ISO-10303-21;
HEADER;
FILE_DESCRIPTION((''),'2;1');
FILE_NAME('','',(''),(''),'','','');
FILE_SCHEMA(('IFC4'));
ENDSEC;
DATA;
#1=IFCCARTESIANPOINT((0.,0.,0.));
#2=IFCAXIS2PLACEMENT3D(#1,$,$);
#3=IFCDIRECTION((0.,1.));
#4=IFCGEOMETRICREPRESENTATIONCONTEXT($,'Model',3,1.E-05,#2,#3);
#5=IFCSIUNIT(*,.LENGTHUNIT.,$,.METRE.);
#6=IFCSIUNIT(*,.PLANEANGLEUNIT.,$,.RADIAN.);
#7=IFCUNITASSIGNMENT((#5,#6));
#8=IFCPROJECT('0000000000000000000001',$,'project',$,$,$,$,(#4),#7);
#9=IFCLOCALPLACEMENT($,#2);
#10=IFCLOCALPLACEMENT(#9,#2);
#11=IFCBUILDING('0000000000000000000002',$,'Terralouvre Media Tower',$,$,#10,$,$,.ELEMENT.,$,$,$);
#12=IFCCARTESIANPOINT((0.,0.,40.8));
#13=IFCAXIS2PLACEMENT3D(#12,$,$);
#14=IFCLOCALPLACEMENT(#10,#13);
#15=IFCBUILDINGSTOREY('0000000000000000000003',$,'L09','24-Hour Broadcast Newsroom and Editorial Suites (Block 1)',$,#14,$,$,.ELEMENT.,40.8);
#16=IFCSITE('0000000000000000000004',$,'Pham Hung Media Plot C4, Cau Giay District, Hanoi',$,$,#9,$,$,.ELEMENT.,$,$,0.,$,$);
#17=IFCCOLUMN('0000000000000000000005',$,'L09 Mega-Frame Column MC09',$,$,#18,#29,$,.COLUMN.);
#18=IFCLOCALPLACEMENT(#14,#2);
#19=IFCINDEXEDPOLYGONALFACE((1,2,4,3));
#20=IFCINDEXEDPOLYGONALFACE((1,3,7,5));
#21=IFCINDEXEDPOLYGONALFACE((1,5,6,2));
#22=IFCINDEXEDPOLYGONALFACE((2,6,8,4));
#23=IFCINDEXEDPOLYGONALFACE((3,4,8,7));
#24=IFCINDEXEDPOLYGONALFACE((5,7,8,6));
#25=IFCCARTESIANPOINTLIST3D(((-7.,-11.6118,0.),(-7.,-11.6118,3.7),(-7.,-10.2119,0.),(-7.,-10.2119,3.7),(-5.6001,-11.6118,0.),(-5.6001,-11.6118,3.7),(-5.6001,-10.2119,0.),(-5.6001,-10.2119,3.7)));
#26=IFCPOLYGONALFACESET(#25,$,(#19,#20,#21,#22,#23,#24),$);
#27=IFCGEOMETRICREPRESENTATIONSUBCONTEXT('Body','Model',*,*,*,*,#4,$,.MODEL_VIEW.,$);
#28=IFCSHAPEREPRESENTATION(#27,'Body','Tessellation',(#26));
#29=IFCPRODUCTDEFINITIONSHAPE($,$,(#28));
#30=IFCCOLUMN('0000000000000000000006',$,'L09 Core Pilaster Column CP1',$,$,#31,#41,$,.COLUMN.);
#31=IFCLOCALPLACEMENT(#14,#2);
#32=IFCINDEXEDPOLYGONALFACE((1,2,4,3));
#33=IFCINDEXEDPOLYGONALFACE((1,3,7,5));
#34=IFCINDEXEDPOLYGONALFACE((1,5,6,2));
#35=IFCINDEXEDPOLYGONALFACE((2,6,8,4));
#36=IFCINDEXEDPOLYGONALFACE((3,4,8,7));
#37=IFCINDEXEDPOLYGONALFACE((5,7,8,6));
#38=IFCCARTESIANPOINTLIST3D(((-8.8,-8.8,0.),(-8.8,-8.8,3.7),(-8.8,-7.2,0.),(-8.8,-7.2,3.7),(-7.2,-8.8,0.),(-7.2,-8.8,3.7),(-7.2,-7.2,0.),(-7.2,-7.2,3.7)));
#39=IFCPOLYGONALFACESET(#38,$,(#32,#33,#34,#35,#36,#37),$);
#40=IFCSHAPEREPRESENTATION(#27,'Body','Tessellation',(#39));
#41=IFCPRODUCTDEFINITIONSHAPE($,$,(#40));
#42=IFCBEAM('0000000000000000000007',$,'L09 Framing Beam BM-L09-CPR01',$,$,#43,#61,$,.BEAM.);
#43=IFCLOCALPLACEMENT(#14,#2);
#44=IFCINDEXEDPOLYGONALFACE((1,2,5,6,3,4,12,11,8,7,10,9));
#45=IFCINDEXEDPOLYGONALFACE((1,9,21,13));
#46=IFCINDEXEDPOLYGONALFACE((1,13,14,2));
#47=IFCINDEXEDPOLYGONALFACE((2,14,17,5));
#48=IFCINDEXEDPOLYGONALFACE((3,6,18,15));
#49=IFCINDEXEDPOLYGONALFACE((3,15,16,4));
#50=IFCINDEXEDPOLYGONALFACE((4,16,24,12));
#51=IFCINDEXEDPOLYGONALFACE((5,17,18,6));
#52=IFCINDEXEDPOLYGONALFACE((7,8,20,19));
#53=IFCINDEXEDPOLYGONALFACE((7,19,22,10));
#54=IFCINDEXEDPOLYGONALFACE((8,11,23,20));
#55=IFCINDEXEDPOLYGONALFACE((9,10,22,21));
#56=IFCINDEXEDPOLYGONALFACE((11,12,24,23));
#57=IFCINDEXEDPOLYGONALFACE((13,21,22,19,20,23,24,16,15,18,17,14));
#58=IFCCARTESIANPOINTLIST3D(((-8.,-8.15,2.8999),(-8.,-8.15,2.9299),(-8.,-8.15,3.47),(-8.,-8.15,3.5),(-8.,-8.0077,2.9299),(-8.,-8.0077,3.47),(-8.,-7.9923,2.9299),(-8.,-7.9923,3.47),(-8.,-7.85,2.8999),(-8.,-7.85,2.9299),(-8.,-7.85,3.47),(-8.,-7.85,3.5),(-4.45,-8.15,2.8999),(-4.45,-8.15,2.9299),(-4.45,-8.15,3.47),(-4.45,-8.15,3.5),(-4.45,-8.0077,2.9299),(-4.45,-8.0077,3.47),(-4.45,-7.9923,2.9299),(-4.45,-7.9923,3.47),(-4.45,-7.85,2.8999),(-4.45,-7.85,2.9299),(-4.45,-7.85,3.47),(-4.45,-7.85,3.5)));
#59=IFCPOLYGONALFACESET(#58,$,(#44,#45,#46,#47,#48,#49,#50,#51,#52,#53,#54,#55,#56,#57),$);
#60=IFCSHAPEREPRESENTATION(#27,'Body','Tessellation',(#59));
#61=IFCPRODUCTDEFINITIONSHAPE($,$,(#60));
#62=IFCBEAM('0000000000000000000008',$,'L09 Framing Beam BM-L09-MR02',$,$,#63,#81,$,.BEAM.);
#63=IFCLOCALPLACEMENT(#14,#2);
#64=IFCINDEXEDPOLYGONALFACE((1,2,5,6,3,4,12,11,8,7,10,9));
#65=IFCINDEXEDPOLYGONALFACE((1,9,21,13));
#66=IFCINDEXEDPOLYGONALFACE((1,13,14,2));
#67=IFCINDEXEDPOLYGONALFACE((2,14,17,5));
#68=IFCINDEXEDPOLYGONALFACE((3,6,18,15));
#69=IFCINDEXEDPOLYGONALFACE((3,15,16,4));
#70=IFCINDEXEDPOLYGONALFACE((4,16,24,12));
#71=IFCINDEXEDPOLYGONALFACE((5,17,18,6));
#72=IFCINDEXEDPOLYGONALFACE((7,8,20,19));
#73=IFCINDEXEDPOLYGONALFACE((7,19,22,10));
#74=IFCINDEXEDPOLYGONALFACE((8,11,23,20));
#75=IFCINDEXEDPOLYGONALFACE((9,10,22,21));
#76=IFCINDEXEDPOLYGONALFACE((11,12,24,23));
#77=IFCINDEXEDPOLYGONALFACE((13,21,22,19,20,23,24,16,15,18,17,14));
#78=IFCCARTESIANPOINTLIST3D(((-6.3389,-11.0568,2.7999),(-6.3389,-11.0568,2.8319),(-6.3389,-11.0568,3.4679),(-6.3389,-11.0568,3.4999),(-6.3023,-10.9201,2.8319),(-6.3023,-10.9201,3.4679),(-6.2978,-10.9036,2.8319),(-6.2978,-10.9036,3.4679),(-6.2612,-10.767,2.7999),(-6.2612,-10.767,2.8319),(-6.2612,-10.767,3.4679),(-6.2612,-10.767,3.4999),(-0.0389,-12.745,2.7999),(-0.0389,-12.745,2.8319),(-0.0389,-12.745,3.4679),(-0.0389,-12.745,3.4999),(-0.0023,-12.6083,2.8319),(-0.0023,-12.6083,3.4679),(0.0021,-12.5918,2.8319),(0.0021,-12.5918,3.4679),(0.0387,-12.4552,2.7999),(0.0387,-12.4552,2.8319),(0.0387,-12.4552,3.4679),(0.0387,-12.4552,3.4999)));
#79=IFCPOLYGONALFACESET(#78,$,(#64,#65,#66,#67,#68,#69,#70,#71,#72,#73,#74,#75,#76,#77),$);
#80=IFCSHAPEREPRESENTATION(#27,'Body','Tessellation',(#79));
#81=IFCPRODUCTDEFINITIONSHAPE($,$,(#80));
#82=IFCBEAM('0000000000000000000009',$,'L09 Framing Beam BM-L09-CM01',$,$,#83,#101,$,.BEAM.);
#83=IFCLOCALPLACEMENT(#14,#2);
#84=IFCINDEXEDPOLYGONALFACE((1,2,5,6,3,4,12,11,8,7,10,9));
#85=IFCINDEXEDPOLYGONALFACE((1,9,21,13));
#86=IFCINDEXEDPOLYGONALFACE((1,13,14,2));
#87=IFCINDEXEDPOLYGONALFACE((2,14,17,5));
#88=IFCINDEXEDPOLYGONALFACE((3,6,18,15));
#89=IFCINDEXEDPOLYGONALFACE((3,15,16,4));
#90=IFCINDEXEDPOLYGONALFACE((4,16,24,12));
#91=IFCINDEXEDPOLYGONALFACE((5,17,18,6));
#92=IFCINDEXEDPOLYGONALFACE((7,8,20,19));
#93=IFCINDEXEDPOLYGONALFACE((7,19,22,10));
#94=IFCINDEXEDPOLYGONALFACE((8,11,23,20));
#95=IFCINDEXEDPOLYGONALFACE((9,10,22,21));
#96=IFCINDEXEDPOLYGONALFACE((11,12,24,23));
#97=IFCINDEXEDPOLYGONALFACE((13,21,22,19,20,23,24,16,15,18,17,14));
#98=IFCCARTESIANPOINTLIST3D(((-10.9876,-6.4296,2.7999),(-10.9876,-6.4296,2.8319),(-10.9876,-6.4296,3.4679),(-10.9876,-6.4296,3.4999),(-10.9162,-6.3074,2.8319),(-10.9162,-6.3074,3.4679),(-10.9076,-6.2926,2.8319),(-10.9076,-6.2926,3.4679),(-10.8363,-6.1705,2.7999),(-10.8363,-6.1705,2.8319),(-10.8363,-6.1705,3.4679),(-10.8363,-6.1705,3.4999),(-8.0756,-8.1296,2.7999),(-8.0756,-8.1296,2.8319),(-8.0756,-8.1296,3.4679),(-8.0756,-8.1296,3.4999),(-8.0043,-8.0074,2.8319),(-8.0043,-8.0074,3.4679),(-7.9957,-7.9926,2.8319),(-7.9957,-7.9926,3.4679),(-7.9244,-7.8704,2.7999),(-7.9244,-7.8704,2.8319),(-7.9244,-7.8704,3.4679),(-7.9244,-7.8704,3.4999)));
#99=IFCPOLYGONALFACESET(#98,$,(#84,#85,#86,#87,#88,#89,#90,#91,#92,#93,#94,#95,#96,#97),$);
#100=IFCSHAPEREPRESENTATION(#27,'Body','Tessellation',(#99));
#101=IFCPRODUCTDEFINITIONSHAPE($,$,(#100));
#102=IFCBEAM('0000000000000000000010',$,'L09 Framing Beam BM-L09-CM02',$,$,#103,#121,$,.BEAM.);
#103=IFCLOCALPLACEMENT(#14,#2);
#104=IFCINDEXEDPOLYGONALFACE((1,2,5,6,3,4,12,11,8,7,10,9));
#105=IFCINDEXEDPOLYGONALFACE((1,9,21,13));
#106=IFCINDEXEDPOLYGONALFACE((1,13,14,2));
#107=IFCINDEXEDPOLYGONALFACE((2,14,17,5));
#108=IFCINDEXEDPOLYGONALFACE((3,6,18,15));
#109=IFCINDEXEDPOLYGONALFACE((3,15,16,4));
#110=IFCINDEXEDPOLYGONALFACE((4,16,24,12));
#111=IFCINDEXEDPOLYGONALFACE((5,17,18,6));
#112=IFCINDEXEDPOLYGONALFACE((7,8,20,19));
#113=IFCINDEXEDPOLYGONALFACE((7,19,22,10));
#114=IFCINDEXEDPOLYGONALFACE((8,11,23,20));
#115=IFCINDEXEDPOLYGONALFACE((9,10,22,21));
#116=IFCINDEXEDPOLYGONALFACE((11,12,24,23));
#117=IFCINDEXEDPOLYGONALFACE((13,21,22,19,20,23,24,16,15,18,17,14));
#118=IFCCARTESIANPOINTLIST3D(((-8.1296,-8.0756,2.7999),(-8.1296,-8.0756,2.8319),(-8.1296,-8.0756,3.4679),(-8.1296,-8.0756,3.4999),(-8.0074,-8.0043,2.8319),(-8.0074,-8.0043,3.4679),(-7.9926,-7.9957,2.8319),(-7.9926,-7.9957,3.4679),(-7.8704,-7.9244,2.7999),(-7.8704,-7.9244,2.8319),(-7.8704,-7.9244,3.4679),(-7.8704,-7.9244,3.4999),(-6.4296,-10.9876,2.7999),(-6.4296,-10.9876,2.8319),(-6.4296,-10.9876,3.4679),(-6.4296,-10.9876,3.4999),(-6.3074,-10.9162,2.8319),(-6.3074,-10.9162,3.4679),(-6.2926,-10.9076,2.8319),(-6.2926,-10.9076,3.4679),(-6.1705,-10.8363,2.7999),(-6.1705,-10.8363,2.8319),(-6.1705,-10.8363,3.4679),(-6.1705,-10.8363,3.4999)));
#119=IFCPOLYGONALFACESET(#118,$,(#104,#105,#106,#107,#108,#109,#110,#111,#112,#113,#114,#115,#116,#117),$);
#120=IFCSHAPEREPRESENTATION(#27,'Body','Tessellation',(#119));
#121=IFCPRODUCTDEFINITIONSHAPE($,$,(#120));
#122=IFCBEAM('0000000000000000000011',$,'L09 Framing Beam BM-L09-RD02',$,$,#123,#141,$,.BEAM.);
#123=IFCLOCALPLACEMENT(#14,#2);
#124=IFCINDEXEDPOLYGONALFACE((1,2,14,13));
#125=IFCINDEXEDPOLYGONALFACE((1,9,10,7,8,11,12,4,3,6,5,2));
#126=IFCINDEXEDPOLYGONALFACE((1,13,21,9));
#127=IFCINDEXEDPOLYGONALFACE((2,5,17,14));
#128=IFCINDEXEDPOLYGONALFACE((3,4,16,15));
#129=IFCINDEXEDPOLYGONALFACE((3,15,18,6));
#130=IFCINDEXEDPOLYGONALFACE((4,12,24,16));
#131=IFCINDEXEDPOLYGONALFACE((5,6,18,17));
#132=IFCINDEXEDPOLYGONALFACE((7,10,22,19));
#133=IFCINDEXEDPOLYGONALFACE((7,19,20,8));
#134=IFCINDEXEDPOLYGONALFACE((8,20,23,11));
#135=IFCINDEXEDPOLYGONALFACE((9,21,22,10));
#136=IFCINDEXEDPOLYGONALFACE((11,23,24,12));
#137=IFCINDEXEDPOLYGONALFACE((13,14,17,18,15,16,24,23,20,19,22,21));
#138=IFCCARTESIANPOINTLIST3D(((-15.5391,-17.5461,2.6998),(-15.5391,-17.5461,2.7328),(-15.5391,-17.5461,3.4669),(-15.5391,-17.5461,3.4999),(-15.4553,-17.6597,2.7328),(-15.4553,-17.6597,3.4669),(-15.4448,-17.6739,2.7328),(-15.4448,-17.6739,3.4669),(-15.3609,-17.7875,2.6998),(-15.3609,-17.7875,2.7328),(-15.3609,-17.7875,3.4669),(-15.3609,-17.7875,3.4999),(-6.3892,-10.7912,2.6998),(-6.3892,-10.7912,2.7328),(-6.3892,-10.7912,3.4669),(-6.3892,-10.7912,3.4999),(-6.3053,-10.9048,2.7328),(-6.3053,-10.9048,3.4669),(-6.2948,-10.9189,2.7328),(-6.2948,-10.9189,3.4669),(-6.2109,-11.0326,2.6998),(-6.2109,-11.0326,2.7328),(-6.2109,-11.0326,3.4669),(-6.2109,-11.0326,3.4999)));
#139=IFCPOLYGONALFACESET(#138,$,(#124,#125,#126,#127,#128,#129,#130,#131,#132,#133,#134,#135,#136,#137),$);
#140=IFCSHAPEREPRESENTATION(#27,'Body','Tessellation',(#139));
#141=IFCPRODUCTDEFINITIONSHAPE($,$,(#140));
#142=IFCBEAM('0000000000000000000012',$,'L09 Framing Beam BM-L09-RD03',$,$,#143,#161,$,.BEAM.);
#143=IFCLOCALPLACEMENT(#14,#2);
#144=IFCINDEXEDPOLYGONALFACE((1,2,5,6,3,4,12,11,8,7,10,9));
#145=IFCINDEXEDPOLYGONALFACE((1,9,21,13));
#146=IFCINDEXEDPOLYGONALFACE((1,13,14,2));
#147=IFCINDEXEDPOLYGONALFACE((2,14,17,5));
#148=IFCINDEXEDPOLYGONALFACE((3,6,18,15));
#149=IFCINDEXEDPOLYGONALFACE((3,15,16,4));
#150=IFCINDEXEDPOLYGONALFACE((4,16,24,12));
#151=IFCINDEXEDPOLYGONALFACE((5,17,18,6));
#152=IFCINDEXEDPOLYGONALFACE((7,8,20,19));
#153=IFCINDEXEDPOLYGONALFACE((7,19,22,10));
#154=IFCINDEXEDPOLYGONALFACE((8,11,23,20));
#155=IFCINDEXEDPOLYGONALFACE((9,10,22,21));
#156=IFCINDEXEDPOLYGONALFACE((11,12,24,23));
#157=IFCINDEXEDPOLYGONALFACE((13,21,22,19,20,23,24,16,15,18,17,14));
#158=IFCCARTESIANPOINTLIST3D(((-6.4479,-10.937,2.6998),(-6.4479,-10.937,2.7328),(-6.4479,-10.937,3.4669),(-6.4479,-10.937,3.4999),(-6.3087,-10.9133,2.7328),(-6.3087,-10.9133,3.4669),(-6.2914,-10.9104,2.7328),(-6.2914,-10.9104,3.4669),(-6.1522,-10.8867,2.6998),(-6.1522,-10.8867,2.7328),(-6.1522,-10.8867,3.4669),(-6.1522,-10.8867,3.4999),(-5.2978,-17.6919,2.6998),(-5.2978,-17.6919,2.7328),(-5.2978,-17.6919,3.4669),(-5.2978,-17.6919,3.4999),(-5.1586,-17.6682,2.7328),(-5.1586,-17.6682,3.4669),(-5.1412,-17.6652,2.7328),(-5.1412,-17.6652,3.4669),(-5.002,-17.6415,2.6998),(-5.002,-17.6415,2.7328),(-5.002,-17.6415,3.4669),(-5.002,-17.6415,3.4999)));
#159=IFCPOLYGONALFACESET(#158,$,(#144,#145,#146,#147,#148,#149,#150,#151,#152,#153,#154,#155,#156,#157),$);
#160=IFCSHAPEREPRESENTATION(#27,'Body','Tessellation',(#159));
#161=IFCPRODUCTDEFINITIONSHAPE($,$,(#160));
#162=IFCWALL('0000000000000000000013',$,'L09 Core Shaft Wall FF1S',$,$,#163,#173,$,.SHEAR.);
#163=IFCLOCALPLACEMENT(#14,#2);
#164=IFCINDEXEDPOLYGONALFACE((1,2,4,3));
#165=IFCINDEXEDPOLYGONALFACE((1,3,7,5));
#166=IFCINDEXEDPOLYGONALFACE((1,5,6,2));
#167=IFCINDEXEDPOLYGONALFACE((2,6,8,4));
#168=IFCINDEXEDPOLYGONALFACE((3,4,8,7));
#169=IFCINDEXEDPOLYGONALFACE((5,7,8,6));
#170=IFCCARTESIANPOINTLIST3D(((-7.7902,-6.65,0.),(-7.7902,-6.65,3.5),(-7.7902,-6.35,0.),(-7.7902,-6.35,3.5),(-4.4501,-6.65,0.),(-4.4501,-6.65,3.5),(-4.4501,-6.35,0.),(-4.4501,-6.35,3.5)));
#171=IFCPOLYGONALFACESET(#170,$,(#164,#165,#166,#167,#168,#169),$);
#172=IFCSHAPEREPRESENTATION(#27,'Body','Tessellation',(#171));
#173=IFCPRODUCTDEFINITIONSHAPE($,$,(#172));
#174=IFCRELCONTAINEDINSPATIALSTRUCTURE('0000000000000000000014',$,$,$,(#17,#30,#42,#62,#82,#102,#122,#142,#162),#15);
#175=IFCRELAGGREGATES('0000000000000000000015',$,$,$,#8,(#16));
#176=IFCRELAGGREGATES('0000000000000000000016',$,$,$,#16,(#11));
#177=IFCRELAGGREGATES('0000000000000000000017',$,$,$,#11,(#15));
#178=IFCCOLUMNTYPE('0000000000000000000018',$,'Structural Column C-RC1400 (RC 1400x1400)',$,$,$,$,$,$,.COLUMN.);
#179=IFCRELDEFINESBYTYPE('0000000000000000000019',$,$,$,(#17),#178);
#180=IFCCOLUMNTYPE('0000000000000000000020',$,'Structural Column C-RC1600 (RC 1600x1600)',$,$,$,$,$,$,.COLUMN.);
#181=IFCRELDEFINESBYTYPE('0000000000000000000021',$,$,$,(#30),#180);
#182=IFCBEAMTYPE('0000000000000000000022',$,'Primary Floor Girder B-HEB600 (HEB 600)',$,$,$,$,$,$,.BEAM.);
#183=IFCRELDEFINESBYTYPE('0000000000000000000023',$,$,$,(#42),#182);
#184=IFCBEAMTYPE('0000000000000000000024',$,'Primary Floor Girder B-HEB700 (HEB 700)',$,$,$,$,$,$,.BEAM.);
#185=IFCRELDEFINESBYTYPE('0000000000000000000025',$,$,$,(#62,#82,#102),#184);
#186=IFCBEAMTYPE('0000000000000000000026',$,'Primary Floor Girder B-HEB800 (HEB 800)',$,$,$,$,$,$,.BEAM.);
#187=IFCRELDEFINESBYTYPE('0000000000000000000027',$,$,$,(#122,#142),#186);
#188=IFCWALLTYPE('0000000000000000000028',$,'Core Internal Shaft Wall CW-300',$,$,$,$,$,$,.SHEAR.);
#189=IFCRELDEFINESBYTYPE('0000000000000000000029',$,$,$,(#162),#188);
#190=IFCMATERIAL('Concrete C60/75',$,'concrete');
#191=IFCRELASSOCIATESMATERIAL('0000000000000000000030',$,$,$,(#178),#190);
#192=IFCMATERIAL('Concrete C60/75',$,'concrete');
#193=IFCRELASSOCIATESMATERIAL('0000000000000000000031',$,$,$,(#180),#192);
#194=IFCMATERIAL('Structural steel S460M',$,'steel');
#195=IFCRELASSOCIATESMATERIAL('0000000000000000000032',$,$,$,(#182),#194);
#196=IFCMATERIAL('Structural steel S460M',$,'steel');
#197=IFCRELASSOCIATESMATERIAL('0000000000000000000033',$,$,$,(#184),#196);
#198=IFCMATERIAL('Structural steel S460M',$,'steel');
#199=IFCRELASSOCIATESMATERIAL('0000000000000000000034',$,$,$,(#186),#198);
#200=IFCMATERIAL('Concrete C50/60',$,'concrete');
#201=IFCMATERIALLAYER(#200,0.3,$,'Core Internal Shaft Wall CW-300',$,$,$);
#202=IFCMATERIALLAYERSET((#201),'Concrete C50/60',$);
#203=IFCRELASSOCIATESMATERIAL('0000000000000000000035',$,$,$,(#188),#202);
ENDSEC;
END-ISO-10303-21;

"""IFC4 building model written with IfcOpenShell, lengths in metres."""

from ifc_helpers import new_model, si_unit, direction, frame, frame_2d, origin, origin_2d, place, context, subcontext, project, spatial, rectangle, i_section, extrude, material, layer, layer_set, material_profile, profile_set, type_object, element, save


model = new_model("IFC4")

# Units and contexts
model_context = context("Model", 3, precision=1e-05, world=origin(), true_north=direction((0.0, 1.0)))
body_context = subcontext(model_context, "Body", "Model", "MODEL_VIEW")
ifc_project = project(units=[si_unit("LENGTHUNIT", "METRE"), si_unit("PLANEANGLEUNIT", "RADIAN")], contexts=[model_context])

# Site, building, storey
site_placement = place(None, origin())
site = spatial("IfcSite", under=ifc_project, at=site_placement, Name="Pham Hung Media Plot C4, Cau Giay District, Hanoi", CompositionType="ELEMENT", RefElevation=0.0)
building_placement = place(site_placement, origin())
building = spatial("IfcBuilding", under=site, at=building_placement, Name="Terralouvre Media Tower", CompositionType="ELEMENT")
storey_placement = place(building_placement, frame((0.0, 0.0, 40.8)))
storey = spatial("IfcBuildingStorey", under=building, at=storey_placement, Name="L09", Description="24-Hour Broadcast Newsroom and Editorial Suites (Block 1)", CompositionType="ELEMENT", Elevation=40.8)

# Columns
ifc_material_1 = material(Name="Concrete C60/75", Category="concrete")
ifc_material_profile_1 = material_profile(ifc_material_1, rectangle(XDim=1.3999, YDim=1.3999, at=origin_2d()), Name="RC 1400x1400")
ifc_profile_set_1 = profile_set([ifc_material_profile_1], Name="Concrete C60/75")
column_type_1 = type_object("IfcColumnType", Name="Structural Column C-RC1400 (RC 1400x1400)", PredefinedType="COLUMN", material=ifc_profile_set_1)
column_1_placement = place(storey_placement, frame((-6.3, -10.9119, 0.0), z_axis=(0.0, 0.0, 1.0), x_axis=(1.0, 0.0, 0.0)))
element("IfcColumn", 1, at=column_1_placement, inside=storey, type_object=column_type_1, Name="L09 Mega-Frame Column MC09", PredefinedType="COLUMN", context=body_context, shape_type="SweptSolid", body=[
    extrude(rectangle(XDim=1.3999, YDim=1.3999, at=origin_2d()), origin(), (0.0, 0.0, 1.0), 3.7),
])
ifc_material_2 = material(Name="Concrete C60/75", Category="concrete")
ifc_material_profile_2 = material_profile(ifc_material_2, rectangle(XDim=1.6001, YDim=1.6001, at=origin_2d()), Name="RC 1600x1600")
ifc_profile_set_2 = profile_set([ifc_material_profile_2], Name="Concrete C60/75")
column_type_2 = type_object("IfcColumnType", Name="Structural Column C-RC1600 (RC 1600x1600)", PredefinedType="COLUMN", material=ifc_profile_set_2)
column_2_placement = place(storey_placement, frame((-8.0, -8.0, 0.0), z_axis=(0.0, 0.0, 1.0), x_axis=(1.0, 0.0, 0.0)))
element("IfcColumn", 2, at=column_2_placement, inside=storey, type_object=column_type_2, Name="L09 Core Pilaster Column CP1", PredefinedType="COLUMN", context=body_context, shape_type="SweptSolid", body=[
    extrude(rectangle(XDim=1.6001, YDim=1.6001, at=origin_2d()), origin(), (0.0, 0.0, 1.0), 3.7),
])

# Beams
ifc_material_3 = material(Name="Structural steel S460M", Category="steel")
ifc_material_profile_3 = material_profile(ifc_material_3, i_section(OverallWidth=0.3, OverallDepth=0.6001, WebThickness=0.0154, FlangeThickness=0.03, at=origin_2d()), Name="HEB 600")
ifc_profile_set_3 = profile_set([ifc_material_profile_3], Name="Structural steel S460M")
beam_type_1 = type_object("IfcBeamType", Name="Primary Floor Girder B-HEB600 (HEB 600)", PredefinedType="BEAM", material=ifc_profile_set_3)
beam_1_placement = place(storey_placement, frame((-8.0, -8.0, 3.2), z_axis=(1.0, 0.0, 0.0), x_axis=(0.0, 1.0, 0.0)))
element("IfcBeam", 3, at=beam_1_placement, inside=storey, type_object=beam_type_1, Name="L09 Framing Beam BM-L09-CPR01", PredefinedType="BEAM", context=body_context, shape_type="SweptSolid", body=[
    extrude(i_section(OverallWidth=0.3, OverallDepth=0.6001, WebThickness=0.0154, FlangeThickness=0.03, at=origin_2d()), origin(), (0.0, 0.0, 1.0), 3.55),
])
ifc_material_4 = material(Name="Structural steel S460M", Category="steel")
ifc_material_profile_4 = material_profile(ifc_material_4, i_section(OverallWidth=0.3, OverallDepth=0.7, WebThickness=0.0171, FlangeThickness=0.032, at=origin_2d()), Name="HEB 700")
ifc_profile_set_4 = profile_set([ifc_material_profile_4], Name="Structural steel S460M")
beam_type_2 = type_object("IfcBeamType", Name="Primary Floor Girder B-HEB700 (HEB 700)", PredefinedType="BEAM", material=ifc_profile_set_4)
beam_2_placement = place(storey_placement, frame((-6.3, -10.9119, 3.1499), z_axis=(0.96592, -0.258839, 0.0), x_axis=(0.258839, 0.96592, 0.0)))
element("IfcBeam", 4, at=beam_2_placement, inside=storey, type_object=beam_type_2, Name="L09 Framing Beam BM-L09-MR02", PredefinedType="BEAM", context=body_context, shape_type="SweptSolid", body=[
    extrude(i_section(OverallWidth=0.3, OverallDepth=0.7, WebThickness=0.0171, FlangeThickness=0.032, at=origin_2d()), origin(), (0.0, 0.0, 1.0), 6.5222),
])
for number, where, z_axis, x_axis, name in (
    (5, (-8.0, -8.0, 3.1499), (-0.863603, 0.504173, 0.0), (-0.504173, -0.863603, 0.0), "L09 Framing Beam BM-L09-CM01"),
    (6, (-8.0, -8.0, 3.1499), (0.504173, -0.863603, 0.0), (0.863603, 0.504173, 0.0), "L09 Framing Beam BM-L09-CM02"),
):
    element("IfcBeam", number, at=place(storey_placement, frame(where, z_axis=z_axis, x_axis=x_axis)), inside=storey, type_object=beam_type_2, Name=name, PredefinedType="BEAM", context=body_context, shape_type="SweptSolid", body=[
        extrude(i_section(OverallWidth=0.3, OverallDepth=0.7, WebThickness=0.0171, FlangeThickness=0.032, at=origin_2d()), origin(), (0.0, 0.0, 1.0), 3.3718),
    ])
ifc_material_5 = material(Name="Structural steel S460M", Category="steel")
ifc_material_profile_5 = material_profile(ifc_material_5, i_section(OverallWidth=0.3, OverallDepth=0.8, WebThickness=0.0176, FlangeThickness=0.033, at=origin_2d()), Name="HEB 800")
ifc_profile_set_5 = profile_set([ifc_material_profile_5], Name="Structural steel S460M")
beam_type_3 = type_object("IfcBeamType", Name="Primary Floor Girder B-HEB800 (HEB 800)", PredefinedType="BEAM", material=ifc_profile_set_5)
beam_3_placement = place(storey_placement, frame((-6.3, -10.9119, 3.0999), z_axis=(-0.804516, -0.593931, 0.0), x_axis=(0.593931, -0.804516, 0.0)))
element("IfcBeam", 7, at=beam_3_placement, inside=storey, type_object=beam_type_3, Name="L09 Framing Beam BM-L09-RD02", PredefinedType="BEAM", context=body_context, shape_type="SweptSolid", body=[
    extrude(i_section(OverallWidth=0.3, OverallDepth=0.8, WebThickness=0.0176, FlangeThickness=0.033, at=origin_2d()), origin(), (0.0, 0.0, 1.0), 11.3733),
])
beam_4_placement = place(storey_placement, frame((-6.3, -10.9119, 3.0999), z_axis=(0.167853, -0.985812, 0.0), x_axis=(0.985812, 0.167853, 0.0)))
element("IfcBeam", 8, at=beam_4_placement, inside=storey, type_object=beam_type_3, Name="L09 Framing Beam BM-L09-RD03", PredefinedType="BEAM", context=body_context, shape_type="SweptSolid", body=[
    extrude(i_section(OverallWidth=0.3, OverallDepth=0.8, WebThickness=0.0176, FlangeThickness=0.033, at=origin_2d()), origin(), (0.0, 0.0, 1.0), 6.8521),
])

# Wall
ifc_material_6 = material(Name="Concrete C50/60", Category="concrete")
ifc_layer_1 = layer(ifc_material_6, 0.3, Name="Core Internal Shaft Wall CW-300")
ifc_layer_set_1 = layer_set([ifc_layer_1], Name="Concrete C50/60")
wall_type_1 = type_object("IfcWallType", Name="Core Internal Shaft Wall CW-300", PredefinedType="SHEAR", material=ifc_layer_set_1)
wall_1_placement = place(storey_placement, frame((-7.79, -6.5, 0.0), z_axis=(0.0, 0.0, 1.0), x_axis=(1.0, 0.0, 0.0)))
element("IfcWall", 9, at=wall_1_placement, inside=storey, type_object=wall_type_1, Name="L09 Core Shaft Wall FF1S", PredefinedType="SHEAR", context=body_context, shape_type="SweptSolid", body=[
    extrude(rectangle(XDim=3.3401, YDim=0.3, at=frame_2d((1.6699, 0.0))), origin(), (0.0, 0.0, 1.0), 3.5),
])

save(model, "model.ifc")
